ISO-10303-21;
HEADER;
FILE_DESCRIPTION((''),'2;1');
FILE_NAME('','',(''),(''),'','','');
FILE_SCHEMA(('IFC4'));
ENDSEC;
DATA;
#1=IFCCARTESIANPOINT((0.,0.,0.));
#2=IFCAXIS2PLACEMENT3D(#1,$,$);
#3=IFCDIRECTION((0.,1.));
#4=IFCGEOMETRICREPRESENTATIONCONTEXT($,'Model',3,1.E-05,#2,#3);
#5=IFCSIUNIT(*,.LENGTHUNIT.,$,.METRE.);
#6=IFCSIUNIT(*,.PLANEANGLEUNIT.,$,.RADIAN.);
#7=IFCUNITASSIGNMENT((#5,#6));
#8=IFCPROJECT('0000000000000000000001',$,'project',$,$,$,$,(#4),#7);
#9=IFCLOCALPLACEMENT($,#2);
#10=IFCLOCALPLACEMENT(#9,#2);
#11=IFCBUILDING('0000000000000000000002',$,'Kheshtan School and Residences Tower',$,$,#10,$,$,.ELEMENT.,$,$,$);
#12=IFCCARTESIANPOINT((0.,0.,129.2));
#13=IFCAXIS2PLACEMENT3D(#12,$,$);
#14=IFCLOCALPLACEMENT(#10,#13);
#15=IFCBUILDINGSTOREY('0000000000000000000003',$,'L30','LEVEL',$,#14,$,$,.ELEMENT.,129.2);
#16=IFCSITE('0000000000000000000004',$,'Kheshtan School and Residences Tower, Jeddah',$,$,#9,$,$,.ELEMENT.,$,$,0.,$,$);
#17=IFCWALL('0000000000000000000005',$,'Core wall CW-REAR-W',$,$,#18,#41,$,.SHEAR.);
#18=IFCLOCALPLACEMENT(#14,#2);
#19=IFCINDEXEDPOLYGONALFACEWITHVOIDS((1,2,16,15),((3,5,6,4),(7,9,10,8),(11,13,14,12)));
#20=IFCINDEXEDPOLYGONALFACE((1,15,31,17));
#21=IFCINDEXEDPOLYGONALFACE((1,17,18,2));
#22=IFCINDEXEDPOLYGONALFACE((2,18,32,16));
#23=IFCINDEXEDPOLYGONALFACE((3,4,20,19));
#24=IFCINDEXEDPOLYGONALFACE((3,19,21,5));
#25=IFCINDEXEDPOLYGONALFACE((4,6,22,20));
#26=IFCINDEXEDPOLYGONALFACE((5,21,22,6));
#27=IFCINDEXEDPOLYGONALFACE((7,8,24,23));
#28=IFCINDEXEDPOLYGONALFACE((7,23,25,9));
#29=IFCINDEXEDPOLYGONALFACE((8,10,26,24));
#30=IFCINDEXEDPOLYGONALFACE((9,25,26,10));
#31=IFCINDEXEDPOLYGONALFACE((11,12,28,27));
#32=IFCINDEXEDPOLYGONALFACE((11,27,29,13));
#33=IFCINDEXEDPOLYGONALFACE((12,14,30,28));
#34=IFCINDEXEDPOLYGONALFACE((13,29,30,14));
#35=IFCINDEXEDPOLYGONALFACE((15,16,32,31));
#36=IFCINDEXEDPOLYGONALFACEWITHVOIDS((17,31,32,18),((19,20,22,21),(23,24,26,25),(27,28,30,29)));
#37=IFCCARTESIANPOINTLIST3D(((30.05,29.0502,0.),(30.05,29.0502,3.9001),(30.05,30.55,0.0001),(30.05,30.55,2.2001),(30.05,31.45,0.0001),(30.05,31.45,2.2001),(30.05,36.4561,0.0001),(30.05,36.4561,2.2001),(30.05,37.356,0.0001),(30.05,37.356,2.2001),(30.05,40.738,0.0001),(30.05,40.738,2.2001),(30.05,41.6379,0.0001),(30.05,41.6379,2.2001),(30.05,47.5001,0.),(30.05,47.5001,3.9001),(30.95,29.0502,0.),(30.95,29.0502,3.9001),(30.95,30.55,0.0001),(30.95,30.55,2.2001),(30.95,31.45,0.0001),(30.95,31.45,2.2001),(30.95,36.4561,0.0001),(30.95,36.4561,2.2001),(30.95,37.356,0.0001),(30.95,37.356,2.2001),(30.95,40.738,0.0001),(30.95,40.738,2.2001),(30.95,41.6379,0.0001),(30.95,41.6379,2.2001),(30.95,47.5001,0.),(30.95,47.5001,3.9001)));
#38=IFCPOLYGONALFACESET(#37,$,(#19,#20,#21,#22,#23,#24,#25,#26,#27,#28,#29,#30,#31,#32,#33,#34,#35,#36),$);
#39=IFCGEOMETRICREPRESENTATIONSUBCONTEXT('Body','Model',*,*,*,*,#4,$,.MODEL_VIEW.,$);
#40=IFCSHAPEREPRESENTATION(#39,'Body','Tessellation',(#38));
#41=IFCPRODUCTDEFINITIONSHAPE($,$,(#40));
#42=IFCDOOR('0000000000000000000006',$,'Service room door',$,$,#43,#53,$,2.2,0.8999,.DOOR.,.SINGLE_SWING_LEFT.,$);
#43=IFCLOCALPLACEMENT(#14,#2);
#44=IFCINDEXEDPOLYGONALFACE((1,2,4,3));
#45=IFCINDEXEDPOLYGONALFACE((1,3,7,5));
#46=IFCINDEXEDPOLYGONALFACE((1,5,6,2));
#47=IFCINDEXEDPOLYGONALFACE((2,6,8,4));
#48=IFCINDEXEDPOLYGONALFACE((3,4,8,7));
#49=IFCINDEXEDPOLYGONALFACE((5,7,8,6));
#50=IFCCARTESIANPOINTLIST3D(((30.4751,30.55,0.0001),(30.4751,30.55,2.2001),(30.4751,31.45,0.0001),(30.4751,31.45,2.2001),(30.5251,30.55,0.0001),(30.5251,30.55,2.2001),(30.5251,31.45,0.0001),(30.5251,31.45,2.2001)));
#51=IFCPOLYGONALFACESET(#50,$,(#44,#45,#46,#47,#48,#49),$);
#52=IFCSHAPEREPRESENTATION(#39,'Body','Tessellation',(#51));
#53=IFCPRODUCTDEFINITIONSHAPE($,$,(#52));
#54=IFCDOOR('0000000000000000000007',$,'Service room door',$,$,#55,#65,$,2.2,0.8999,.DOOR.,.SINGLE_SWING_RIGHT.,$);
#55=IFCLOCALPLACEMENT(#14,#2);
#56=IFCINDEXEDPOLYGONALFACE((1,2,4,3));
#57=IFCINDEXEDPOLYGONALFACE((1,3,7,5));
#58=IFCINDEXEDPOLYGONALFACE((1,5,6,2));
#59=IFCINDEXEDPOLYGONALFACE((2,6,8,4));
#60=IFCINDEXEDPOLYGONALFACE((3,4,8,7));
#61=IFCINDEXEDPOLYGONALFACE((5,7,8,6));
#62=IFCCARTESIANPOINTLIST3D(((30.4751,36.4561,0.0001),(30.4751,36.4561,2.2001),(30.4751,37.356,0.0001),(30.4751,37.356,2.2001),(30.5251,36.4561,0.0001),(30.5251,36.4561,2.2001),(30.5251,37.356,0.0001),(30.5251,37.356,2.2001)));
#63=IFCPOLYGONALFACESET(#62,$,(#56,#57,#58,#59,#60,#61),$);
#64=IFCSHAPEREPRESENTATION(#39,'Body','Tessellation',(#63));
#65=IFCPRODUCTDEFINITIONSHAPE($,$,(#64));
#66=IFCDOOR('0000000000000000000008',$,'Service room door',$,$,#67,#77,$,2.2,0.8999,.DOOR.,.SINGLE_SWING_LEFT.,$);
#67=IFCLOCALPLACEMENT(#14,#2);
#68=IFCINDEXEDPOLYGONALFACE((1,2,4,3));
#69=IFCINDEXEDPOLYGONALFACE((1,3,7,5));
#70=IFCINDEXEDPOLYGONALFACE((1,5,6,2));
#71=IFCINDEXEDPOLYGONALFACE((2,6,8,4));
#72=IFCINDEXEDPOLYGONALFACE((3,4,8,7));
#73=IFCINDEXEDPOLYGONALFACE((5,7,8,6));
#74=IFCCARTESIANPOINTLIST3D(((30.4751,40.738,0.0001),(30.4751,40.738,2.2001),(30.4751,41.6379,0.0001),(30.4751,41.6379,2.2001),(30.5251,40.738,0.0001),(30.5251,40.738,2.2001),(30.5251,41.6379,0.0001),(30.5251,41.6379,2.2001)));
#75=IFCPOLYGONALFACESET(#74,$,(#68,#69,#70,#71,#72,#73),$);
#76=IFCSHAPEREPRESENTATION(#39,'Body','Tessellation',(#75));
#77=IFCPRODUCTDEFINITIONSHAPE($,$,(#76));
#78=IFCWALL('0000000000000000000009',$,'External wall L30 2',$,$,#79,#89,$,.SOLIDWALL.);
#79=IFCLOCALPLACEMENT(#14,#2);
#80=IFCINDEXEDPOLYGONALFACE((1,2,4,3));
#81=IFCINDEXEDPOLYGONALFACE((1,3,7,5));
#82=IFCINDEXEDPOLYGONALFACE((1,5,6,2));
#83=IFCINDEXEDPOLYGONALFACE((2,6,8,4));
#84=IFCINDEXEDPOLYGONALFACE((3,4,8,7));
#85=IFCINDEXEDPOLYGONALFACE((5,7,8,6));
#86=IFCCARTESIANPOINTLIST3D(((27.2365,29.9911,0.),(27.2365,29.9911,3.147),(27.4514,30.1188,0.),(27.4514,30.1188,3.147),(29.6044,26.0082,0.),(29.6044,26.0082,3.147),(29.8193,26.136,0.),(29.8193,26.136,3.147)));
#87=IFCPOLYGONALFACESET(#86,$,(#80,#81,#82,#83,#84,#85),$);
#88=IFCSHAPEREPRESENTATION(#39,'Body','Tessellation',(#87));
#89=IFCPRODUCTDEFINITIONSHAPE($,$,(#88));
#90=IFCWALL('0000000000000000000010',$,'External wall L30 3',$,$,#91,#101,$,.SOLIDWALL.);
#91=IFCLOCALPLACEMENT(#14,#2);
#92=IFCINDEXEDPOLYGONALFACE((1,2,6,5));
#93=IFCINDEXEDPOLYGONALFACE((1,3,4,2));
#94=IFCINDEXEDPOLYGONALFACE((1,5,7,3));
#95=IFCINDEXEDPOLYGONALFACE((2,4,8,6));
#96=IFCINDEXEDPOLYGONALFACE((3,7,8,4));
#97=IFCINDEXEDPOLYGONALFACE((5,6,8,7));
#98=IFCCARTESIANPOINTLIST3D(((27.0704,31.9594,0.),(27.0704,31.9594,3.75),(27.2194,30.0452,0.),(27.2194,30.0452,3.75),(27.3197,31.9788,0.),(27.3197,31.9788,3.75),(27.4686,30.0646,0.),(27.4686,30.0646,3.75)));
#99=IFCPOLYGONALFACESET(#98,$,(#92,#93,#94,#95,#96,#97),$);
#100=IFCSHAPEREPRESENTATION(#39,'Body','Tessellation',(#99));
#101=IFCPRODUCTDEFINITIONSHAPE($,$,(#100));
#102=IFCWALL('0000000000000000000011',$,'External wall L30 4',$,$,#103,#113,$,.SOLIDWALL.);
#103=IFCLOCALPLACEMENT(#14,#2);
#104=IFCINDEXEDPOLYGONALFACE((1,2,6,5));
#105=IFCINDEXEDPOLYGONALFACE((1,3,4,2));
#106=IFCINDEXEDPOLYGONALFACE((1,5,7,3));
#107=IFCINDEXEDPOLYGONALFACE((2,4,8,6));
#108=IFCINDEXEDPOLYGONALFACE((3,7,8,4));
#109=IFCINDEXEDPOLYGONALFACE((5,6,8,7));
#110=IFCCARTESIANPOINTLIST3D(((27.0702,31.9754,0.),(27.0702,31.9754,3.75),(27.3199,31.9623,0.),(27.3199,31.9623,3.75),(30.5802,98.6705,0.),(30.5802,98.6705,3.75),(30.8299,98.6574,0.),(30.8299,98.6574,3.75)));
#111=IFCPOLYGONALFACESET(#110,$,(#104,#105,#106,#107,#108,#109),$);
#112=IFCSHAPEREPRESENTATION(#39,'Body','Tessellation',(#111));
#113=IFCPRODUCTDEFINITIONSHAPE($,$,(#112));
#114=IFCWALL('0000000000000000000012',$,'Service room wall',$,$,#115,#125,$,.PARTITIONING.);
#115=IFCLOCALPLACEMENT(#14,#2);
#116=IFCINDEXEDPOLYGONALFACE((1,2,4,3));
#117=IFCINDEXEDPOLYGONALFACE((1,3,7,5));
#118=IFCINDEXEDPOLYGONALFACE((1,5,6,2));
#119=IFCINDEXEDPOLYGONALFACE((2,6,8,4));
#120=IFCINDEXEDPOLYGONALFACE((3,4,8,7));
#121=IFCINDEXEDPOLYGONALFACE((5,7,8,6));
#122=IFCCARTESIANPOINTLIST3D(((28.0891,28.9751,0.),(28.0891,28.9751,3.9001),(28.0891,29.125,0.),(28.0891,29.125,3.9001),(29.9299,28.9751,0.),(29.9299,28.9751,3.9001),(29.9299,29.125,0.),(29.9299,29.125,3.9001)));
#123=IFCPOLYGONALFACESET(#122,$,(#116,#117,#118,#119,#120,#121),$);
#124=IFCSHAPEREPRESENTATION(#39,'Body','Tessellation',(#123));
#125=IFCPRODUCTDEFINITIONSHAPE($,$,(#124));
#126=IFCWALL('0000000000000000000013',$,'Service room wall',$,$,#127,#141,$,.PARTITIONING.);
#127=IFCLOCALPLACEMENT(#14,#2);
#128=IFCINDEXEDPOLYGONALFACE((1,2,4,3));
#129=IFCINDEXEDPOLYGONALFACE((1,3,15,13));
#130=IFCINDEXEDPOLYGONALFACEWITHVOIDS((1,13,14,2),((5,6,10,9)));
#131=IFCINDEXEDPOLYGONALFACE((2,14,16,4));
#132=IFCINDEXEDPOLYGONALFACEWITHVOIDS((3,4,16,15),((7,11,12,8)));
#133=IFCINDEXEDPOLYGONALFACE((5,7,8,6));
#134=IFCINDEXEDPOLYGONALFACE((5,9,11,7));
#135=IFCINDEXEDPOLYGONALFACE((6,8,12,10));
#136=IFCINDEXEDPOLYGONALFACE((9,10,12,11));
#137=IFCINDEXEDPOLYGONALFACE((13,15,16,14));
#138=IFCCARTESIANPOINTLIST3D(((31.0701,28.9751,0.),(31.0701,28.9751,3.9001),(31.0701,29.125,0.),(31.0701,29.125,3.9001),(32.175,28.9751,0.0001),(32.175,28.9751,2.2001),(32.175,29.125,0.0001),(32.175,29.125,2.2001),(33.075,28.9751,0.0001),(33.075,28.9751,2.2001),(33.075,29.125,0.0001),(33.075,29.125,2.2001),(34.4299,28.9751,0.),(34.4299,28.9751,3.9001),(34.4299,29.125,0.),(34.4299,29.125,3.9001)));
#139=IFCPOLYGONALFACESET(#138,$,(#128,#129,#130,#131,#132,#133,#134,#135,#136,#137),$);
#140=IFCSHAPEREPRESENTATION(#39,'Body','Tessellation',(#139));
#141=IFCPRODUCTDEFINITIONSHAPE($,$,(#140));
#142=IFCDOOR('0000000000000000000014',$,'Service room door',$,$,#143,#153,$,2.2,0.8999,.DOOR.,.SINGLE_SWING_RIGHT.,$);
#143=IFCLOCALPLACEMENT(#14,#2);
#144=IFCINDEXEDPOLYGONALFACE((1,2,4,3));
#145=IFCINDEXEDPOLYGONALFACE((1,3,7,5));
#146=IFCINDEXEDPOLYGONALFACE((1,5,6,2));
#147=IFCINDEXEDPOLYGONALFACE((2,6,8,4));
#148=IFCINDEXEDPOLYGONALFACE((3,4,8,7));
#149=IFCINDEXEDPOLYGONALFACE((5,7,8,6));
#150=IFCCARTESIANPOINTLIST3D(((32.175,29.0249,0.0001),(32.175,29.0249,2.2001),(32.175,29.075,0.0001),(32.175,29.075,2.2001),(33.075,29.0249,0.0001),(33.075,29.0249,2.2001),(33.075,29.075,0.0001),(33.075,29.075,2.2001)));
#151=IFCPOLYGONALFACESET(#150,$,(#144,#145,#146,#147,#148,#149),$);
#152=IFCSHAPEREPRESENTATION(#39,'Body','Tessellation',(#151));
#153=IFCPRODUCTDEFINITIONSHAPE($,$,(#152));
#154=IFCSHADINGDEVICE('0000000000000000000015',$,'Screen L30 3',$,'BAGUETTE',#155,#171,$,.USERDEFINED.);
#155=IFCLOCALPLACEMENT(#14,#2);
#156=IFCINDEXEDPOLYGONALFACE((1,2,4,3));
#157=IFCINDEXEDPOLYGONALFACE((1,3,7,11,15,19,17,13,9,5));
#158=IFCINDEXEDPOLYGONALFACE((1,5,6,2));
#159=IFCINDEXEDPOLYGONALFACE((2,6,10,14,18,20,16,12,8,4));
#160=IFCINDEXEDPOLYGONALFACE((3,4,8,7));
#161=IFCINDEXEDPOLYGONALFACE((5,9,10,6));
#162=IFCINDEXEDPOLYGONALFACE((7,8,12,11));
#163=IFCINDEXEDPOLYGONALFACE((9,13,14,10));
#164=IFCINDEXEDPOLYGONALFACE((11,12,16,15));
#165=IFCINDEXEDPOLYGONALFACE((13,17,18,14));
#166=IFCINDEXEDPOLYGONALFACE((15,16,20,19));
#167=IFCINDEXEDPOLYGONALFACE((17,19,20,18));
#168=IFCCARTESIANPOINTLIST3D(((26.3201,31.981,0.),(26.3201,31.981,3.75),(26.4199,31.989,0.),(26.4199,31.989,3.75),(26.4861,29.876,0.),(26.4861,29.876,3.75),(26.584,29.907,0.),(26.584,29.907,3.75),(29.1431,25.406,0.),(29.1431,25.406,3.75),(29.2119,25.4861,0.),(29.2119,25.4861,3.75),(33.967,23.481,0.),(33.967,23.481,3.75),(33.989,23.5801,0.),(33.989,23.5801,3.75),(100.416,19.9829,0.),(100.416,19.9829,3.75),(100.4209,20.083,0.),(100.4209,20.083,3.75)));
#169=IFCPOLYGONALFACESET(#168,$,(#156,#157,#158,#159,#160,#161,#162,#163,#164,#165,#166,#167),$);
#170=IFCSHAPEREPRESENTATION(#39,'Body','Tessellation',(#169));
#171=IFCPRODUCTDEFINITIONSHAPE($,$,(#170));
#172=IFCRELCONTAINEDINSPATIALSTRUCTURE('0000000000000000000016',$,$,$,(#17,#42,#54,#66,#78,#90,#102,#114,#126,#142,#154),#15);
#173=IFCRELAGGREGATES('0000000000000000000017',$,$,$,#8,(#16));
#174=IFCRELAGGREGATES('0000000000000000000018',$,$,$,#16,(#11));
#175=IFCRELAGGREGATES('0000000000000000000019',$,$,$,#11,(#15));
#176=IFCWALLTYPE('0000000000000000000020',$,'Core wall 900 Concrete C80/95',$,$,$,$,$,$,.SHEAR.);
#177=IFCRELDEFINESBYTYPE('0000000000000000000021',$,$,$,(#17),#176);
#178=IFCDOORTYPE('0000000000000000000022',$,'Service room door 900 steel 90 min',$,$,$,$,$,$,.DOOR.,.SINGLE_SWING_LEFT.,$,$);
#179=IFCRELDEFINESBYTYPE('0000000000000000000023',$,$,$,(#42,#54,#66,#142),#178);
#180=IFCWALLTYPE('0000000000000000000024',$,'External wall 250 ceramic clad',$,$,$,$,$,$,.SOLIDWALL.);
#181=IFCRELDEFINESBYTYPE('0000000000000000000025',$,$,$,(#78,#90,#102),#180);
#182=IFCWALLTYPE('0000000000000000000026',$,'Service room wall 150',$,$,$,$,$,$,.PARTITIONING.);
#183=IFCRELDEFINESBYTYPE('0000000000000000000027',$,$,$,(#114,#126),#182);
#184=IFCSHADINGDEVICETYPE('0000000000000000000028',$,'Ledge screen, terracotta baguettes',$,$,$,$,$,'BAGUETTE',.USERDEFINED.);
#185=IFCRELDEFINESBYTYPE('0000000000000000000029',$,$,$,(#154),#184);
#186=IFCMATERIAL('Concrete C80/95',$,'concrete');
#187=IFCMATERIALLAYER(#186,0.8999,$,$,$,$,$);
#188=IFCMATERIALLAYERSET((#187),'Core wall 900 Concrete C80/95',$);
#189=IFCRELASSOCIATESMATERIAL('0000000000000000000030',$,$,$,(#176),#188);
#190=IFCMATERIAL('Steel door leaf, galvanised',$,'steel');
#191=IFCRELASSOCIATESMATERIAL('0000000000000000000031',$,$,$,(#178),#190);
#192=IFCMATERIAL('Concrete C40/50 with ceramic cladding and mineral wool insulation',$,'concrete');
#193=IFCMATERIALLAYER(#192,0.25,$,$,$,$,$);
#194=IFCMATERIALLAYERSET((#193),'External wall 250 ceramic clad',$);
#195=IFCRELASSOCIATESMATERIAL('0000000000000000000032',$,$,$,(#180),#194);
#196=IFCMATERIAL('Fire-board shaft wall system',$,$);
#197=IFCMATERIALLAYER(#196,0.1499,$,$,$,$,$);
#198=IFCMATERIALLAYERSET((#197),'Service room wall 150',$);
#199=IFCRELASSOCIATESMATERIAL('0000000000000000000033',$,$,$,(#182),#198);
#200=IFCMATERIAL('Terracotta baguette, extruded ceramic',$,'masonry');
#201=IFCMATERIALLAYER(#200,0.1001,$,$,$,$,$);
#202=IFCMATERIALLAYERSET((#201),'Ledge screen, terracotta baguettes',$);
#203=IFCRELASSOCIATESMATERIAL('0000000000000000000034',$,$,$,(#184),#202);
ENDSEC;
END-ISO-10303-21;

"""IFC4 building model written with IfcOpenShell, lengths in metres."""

from ifc_helpers import new_model, si_unit, direction, frame, frame_2d, origin, place, context, subcontext, project, spatial, polyline, rectangle, outline, extrude, source, transform, mapped, material, layer, layer_set, type_object, element, fill, save


model = new_model("IFC4")

# Units and contexts
model_context = context("Model", 3, precision=1e-05, world=origin(), true_north=direction((0.0, 1.0)))
body_context = subcontext(model_context, "Body", "Model", "MODEL_VIEW")
ifc_project = project(units=[si_unit("LENGTHUNIT", "METRE"), si_unit("PLANEANGLEUNIT", "RADIAN")], contexts=[model_context])

# Site, building, storey
site_placement = place(None, origin())
site = spatial("IfcSite", under=ifc_project, at=site_placement, Name="Kheshtan School and Residences Tower, Jeddah", CompositionType="ELEMENT", RefElevation=0.0)
building_placement = place(site_placement, origin())
building = spatial("IfcBuilding", under=site, at=building_placement, Name="Kheshtan School and Residences Tower", CompositionType="ELEMENT")
storey_placement = place(building_placement, frame((0.0, 0.0, 129.2)))
storey = spatial("IfcBuildingStorey", under=building, at=storey_placement, Name="L30", Description="LEVEL", CompositionType="ELEMENT", Elevation=129.2)

# Wall, openings, doors
ifc_material_1 = material(Name="Concrete C80/95", Category="concrete")
ifc_layer_1 = layer(ifc_material_1, 0.8999)
ifc_layer_set_1 = layer_set([ifc_layer_1], Name="Core wall 900 Concrete C80/95")
wall_type_1 = type_object("IfcWallType", Name="Core wall 900 Concrete C80/95", PredefinedType="SHEAR", material=ifc_layer_set_1)
wall_1_placement = place(storey_placement, frame((30.5, 29.05, 0.0), z_axis=(0.0, 0.0, 1.0), x_axis=(0.0, 1.0, 0.0)))
wall_1 = element("IfcWall", 1, at=wall_1_placement, inside=storey, type_object=wall_type_1, Name="Core wall CW-REAR-W", PredefinedType="SHEAR", context=body_context, shape_type="SweptSolid", body=[
    extrude(rectangle(XDim=18.45, YDim=0.8999, at=frame_2d((9.2251, 0.0))), origin(), (0.0, 0.0, 1.0), 3.9001),
])
opening_1_placement = place(wall_1_placement, frame((1.5, 0.0, 0.0)))
opening_1 = element("IfcOpeningElement", 2, at=opening_1_placement, cuts=wall_1, PredefinedType="OPENING", context=body_context, shape_type="SweptSolid", body=[
    extrude(rectangle(XDim=0.8999, YDim=2.2, at=frame_2d((0.45, 1.1001))), frame((0.0, 0.46, 0.0), z_axis=(0.0, -1.0, 0.0), x_axis=(1.0, 0.0, 0.0)), (0.0, 0.0, 1.0), 0.9199),
])
opening_2_placement = place(wall_1_placement, frame((7.406, 0.0, 0.0)))
opening_2 = element("IfcOpeningElement", 3, at=opening_2_placement, cuts=wall_1, PredefinedType="OPENING", context=body_context, shape_type="SweptSolid", body=[
    extrude(rectangle(XDim=0.8999, YDim=2.2, at=frame_2d((0.45, 1.1001))), frame((0.0, 0.46, 0.0), z_axis=(0.0, -1.0, 0.0), x_axis=(1.0, 0.0, 0.0)), (0.0, 0.0, 1.0), 0.9199),
])
opening_3_placement = place(wall_1_placement, frame((11.688, 0.0, 0.0)))
opening_3 = element("IfcOpeningElement", 4, at=opening_3_placement, cuts=wall_1, PredefinedType="OPENING", context=body_context, shape_type="SweptSolid", body=[
    extrude(rectangle(XDim=0.8999, YDim=2.2, at=frame_2d((0.45, 1.1001))), frame((0.0, 0.46, 0.0), z_axis=(0.0, -1.0, 0.0), x_axis=(1.0, 0.0, 0.0)), (0.0, 0.0, 1.0), 0.9199),
])
ifc_material_2 = material(Name="Steel door leaf, galvanised", Category="steel")
door_type = type_object("IfcDoorType", Name="Service room door 900 steel 90 min", OperationType="SINGLE_SWING_LEFT", PredefinedType="DOOR", material=ifc_material_2)
shared_shape = source(origin(), body_context, "Body", "SweptSolid", [
    extrude(rectangle(XDim=0.8999, YDim=2.2, at=frame_2d((0.45, 1.1001))), frame((0.0, 0.0249, 0.0), z_axis=(0.0, -1.0, 0.0), x_axis=(1.0, 0.0, 0.0)), (0.0, 0.0, 1.0), 0.05),
])
door_1_placement = place(opening_1_placement, origin())
door_1 = element("IfcDoor", 5, at=door_1_placement, inside=storey, type_object=door_type, Name="Service room door", OperationType="SINGLE_SWING_LEFT", OverallHeight=2.2, OverallWidth=0.8999, PredefinedType="DOOR", context=body_context, shape_type="MappedRepresentation", body=[
    mapped(shared_shape, transform((0.0, 0.0, 0.0), x_axis=(1.0, 0.0, 0.0), y_axis=(0.0, 1.0, 0.0), z_axis=(0.0, 0.0, 1.0), scale=1.0)),
])
fill(opening_1, door_1)
door_2_placement = place(opening_2_placement, origin())
door_2 = element("IfcDoor", 6, at=door_2_placement, inside=storey, type_object=door_type, Name="Service room door", OperationType="SINGLE_SWING_RIGHT", OverallHeight=2.2, OverallWidth=0.8999, PredefinedType="DOOR", context=body_context, shape_type="MappedRepresentation", body=[
    mapped(shared_shape, transform((0.0, 0.0, 0.0), x_axis=(1.0, 0.0, 0.0), y_axis=(0.0, 1.0, 0.0), z_axis=(0.0, 0.0, 1.0), scale=1.0)),
])
fill(opening_2, door_2)
door_3_placement = place(opening_3_placement, origin())
door_3 = element("IfcDoor", 7, at=door_3_placement, inside=storey, type_object=door_type, Name="Service room door", OperationType="SINGLE_SWING_LEFT", OverallHeight=2.2, OverallWidth=0.8999, PredefinedType="DOOR", context=body_context, shape_type="MappedRepresentation", body=[
    mapped(shared_shape, transform((0.0, 0.0, 0.0), x_axis=(1.0, 0.0, 0.0), y_axis=(0.0, 1.0, 0.0), z_axis=(0.0, 0.0, 1.0), scale=1.0)),
])
fill(opening_3, door_3)

# Walls
ifc_material_3 = material(Name="Concrete C40/50 with ceramic cladding and mineral wool insulation", Category="concrete")
ifc_layer_2 = layer(ifc_material_3, 0.25)
ifc_layer_set_2 = layer_set([ifc_layer_2], Name="External wall 250 ceramic clad")
wall_type_2 = type_object("IfcWallType", Name="External wall 250 ceramic clad", PredefinedType="SOLIDWALL", material=ifc_layer_set_2)
wall_2_placement = place(storey_placement, frame((29.7119, 26.072, 0.0), z_axis=(0.0, 0.0, 1.0), x_axis=(-0.511028, 0.859564, 0.0)))
element("IfcWall", 8, at=wall_2_placement, inside=storey, type_object=wall_type_2, Name="External wall L30 2", PredefinedType="SOLIDWALL", context=body_context, shape_type="SweptSolid", body=[
    extrude(rectangle(XDim=4.6335, YDim=0.25, at=frame_2d((2.3169, 0.0))), origin(), (0.0, 0.0, 1.0), 3.147),
])
wall_3_placement = place(storey_placement, frame((27.344, 30.0549, 0.0), z_axis=(0.0, 0.0, 1.0), x_axis=(-0.077572, 0.996987, 0.0)))
element("IfcWall", 9, at=wall_3_placement, inside=storey, type_object=wall_type_2, Name="External wall L30 3", PredefinedType="SOLIDWALL", context=body_context, shape_type="SweptSolid", body=[
    extrude(rectangle(XDim=1.9199, YDim=0.25, at=frame_2d((0.96, 0.0))), origin(), (0.0, 0.0, 1.0), 3.75),
])
wall_4_placement = place(storey_placement, frame((27.1951, 31.969, 0.0), z_axis=(0.0, 0.0, 1.0), x_axis=(0.052555, 0.998618, 0.0)))
element("IfcWall", 10, at=wall_4_placement, inside=storey, type_object=wall_type_2, Name="External wall L30 4", PredefinedType="SOLIDWALL", context=body_context, shape_type="SweptSolid", body=[
    extrude(rectangle(XDim=66.7874, YDim=0.25, at=frame_2d((33.3936, 0.0))), origin(), (0.0, 0.0, 1.0), 3.75),
])
ifc_material_4 = material(Name="Fire-board shaft wall system")
ifc_layer_3 = layer(ifc_material_4, 0.1499)
ifc_layer_set_3 = layer_set([ifc_layer_3], Name="Service room wall 150")
wall_type_3 = type_object("IfcWallType", Name="Service room wall 150", PredefinedType="PARTITIONING", material=ifc_layer_set_3)
wall_5_placement = place(storey_placement, frame((28.0891, 29.05, 0.0), z_axis=(0.0, 0.0, 1.0), x_axis=(1.0, 0.0, 0.0)))
element("IfcWall", 11, at=wall_5_placement, inside=storey, type_object=wall_type_3, Name="Service room wall", PredefinedType="PARTITIONING", context=body_context, shape_type="SweptSolid", body=[
    extrude(rectangle(XDim=1.8408, YDim=0.1499, at=frame_2d((0.9204, 0.0))), origin(), (0.0, 0.0, 1.0), 3.9001),
])

# Wall, opening, door
wall_6_placement = place(storey_placement, frame((31.0701, 29.05, 0.0), z_axis=(0.0, 0.0, 1.0), x_axis=(1.0, 0.0, 0.0)))
wall_6 = element("IfcWall", 12, at=wall_6_placement, inside=storey, type_object=wall_type_3, Name="Service room wall", PredefinedType="PARTITIONING", context=body_context, shape_type="SweptSolid", body=[
    extrude(rectangle(XDim=3.3599, YDim=0.1499, at=frame_2d((1.6799, 0.0))), origin(), (0.0, 0.0, 1.0), 3.9001),
])
opening_4_placement = place(wall_6_placement, frame((1.105, 0.0, 0.0)))
opening_4 = element("IfcOpeningElement", 13, at=opening_4_placement, cuts=wall_6, PredefinedType="OPENING", context=body_context, shape_type="SweptSolid", body=[
    extrude(rectangle(XDim=0.8999, YDim=2.2, at=frame_2d((0.45, 1.1001))), frame((0.0, 0.085, 0.0), z_axis=(0.0, -1.0, 0.0), x_axis=(1.0, 0.0, 0.0)), (0.0, 0.0, 1.0), 0.1699),
])
door_4_placement = place(opening_4_placement, origin())
door_4 = element("IfcDoor", 14, at=door_4_placement, inside=storey, type_object=door_type, Name="Service room door", OperationType="SINGLE_SWING_RIGHT", OverallHeight=2.2, OverallWidth=0.8999, PredefinedType="DOOR", context=body_context, shape_type="MappedRepresentation", body=[
    mapped(shared_shape, transform((0.0, 0.0, 0.0), x_axis=(1.0, 0.0, 0.0), y_axis=(0.0, 1.0, 0.0), z_axis=(0.0, 0.0, 1.0), scale=1.0)),
])
fill(opening_4, door_4)

# Shading device
ifc_material_5 = material(Name="Terracotta baguette, extruded ceramic", Category="masonry")
ifc_layer_4 = layer(ifc_material_5, 0.1001)
ifc_layer_set_4 = layer_set([ifc_layer_4], Name="Ledge screen, terracotta baguettes")
shading_device_type_1 = type_object("IfcShadingDeviceType", Name="Ledge screen, terracotta baguettes", ElementType="BAGUETTE", PredefinedType="USERDEFINED", material=ifc_layer_set_4)
shading_device_1_placement = place(storey_placement, origin())
element("IfcShadingDevice", 15, at=shading_device_1_placement, inside=storey, type_object=shading_device_type_1, Name="Screen L30 3", ObjectType="BAGUETTE", PredefinedType="USERDEFINED", context=body_context, shape_type="SweptSolid", body=[
    extrude(outline(polyline([(100.4209, 20.083), (33.989, 23.5801), (29.2119, 25.4861), (26.584, 29.907), (26.4199, 31.989), (26.3201, 31.981), (26.4861, 29.876), (29.1431, 25.406), (33.967, 23.481), (100.416, 19.9829), (100.4209, 20.083)])), origin(), (0.0, 0.0, 1.0), 3.75),
])

save(model, "model.ifc")
